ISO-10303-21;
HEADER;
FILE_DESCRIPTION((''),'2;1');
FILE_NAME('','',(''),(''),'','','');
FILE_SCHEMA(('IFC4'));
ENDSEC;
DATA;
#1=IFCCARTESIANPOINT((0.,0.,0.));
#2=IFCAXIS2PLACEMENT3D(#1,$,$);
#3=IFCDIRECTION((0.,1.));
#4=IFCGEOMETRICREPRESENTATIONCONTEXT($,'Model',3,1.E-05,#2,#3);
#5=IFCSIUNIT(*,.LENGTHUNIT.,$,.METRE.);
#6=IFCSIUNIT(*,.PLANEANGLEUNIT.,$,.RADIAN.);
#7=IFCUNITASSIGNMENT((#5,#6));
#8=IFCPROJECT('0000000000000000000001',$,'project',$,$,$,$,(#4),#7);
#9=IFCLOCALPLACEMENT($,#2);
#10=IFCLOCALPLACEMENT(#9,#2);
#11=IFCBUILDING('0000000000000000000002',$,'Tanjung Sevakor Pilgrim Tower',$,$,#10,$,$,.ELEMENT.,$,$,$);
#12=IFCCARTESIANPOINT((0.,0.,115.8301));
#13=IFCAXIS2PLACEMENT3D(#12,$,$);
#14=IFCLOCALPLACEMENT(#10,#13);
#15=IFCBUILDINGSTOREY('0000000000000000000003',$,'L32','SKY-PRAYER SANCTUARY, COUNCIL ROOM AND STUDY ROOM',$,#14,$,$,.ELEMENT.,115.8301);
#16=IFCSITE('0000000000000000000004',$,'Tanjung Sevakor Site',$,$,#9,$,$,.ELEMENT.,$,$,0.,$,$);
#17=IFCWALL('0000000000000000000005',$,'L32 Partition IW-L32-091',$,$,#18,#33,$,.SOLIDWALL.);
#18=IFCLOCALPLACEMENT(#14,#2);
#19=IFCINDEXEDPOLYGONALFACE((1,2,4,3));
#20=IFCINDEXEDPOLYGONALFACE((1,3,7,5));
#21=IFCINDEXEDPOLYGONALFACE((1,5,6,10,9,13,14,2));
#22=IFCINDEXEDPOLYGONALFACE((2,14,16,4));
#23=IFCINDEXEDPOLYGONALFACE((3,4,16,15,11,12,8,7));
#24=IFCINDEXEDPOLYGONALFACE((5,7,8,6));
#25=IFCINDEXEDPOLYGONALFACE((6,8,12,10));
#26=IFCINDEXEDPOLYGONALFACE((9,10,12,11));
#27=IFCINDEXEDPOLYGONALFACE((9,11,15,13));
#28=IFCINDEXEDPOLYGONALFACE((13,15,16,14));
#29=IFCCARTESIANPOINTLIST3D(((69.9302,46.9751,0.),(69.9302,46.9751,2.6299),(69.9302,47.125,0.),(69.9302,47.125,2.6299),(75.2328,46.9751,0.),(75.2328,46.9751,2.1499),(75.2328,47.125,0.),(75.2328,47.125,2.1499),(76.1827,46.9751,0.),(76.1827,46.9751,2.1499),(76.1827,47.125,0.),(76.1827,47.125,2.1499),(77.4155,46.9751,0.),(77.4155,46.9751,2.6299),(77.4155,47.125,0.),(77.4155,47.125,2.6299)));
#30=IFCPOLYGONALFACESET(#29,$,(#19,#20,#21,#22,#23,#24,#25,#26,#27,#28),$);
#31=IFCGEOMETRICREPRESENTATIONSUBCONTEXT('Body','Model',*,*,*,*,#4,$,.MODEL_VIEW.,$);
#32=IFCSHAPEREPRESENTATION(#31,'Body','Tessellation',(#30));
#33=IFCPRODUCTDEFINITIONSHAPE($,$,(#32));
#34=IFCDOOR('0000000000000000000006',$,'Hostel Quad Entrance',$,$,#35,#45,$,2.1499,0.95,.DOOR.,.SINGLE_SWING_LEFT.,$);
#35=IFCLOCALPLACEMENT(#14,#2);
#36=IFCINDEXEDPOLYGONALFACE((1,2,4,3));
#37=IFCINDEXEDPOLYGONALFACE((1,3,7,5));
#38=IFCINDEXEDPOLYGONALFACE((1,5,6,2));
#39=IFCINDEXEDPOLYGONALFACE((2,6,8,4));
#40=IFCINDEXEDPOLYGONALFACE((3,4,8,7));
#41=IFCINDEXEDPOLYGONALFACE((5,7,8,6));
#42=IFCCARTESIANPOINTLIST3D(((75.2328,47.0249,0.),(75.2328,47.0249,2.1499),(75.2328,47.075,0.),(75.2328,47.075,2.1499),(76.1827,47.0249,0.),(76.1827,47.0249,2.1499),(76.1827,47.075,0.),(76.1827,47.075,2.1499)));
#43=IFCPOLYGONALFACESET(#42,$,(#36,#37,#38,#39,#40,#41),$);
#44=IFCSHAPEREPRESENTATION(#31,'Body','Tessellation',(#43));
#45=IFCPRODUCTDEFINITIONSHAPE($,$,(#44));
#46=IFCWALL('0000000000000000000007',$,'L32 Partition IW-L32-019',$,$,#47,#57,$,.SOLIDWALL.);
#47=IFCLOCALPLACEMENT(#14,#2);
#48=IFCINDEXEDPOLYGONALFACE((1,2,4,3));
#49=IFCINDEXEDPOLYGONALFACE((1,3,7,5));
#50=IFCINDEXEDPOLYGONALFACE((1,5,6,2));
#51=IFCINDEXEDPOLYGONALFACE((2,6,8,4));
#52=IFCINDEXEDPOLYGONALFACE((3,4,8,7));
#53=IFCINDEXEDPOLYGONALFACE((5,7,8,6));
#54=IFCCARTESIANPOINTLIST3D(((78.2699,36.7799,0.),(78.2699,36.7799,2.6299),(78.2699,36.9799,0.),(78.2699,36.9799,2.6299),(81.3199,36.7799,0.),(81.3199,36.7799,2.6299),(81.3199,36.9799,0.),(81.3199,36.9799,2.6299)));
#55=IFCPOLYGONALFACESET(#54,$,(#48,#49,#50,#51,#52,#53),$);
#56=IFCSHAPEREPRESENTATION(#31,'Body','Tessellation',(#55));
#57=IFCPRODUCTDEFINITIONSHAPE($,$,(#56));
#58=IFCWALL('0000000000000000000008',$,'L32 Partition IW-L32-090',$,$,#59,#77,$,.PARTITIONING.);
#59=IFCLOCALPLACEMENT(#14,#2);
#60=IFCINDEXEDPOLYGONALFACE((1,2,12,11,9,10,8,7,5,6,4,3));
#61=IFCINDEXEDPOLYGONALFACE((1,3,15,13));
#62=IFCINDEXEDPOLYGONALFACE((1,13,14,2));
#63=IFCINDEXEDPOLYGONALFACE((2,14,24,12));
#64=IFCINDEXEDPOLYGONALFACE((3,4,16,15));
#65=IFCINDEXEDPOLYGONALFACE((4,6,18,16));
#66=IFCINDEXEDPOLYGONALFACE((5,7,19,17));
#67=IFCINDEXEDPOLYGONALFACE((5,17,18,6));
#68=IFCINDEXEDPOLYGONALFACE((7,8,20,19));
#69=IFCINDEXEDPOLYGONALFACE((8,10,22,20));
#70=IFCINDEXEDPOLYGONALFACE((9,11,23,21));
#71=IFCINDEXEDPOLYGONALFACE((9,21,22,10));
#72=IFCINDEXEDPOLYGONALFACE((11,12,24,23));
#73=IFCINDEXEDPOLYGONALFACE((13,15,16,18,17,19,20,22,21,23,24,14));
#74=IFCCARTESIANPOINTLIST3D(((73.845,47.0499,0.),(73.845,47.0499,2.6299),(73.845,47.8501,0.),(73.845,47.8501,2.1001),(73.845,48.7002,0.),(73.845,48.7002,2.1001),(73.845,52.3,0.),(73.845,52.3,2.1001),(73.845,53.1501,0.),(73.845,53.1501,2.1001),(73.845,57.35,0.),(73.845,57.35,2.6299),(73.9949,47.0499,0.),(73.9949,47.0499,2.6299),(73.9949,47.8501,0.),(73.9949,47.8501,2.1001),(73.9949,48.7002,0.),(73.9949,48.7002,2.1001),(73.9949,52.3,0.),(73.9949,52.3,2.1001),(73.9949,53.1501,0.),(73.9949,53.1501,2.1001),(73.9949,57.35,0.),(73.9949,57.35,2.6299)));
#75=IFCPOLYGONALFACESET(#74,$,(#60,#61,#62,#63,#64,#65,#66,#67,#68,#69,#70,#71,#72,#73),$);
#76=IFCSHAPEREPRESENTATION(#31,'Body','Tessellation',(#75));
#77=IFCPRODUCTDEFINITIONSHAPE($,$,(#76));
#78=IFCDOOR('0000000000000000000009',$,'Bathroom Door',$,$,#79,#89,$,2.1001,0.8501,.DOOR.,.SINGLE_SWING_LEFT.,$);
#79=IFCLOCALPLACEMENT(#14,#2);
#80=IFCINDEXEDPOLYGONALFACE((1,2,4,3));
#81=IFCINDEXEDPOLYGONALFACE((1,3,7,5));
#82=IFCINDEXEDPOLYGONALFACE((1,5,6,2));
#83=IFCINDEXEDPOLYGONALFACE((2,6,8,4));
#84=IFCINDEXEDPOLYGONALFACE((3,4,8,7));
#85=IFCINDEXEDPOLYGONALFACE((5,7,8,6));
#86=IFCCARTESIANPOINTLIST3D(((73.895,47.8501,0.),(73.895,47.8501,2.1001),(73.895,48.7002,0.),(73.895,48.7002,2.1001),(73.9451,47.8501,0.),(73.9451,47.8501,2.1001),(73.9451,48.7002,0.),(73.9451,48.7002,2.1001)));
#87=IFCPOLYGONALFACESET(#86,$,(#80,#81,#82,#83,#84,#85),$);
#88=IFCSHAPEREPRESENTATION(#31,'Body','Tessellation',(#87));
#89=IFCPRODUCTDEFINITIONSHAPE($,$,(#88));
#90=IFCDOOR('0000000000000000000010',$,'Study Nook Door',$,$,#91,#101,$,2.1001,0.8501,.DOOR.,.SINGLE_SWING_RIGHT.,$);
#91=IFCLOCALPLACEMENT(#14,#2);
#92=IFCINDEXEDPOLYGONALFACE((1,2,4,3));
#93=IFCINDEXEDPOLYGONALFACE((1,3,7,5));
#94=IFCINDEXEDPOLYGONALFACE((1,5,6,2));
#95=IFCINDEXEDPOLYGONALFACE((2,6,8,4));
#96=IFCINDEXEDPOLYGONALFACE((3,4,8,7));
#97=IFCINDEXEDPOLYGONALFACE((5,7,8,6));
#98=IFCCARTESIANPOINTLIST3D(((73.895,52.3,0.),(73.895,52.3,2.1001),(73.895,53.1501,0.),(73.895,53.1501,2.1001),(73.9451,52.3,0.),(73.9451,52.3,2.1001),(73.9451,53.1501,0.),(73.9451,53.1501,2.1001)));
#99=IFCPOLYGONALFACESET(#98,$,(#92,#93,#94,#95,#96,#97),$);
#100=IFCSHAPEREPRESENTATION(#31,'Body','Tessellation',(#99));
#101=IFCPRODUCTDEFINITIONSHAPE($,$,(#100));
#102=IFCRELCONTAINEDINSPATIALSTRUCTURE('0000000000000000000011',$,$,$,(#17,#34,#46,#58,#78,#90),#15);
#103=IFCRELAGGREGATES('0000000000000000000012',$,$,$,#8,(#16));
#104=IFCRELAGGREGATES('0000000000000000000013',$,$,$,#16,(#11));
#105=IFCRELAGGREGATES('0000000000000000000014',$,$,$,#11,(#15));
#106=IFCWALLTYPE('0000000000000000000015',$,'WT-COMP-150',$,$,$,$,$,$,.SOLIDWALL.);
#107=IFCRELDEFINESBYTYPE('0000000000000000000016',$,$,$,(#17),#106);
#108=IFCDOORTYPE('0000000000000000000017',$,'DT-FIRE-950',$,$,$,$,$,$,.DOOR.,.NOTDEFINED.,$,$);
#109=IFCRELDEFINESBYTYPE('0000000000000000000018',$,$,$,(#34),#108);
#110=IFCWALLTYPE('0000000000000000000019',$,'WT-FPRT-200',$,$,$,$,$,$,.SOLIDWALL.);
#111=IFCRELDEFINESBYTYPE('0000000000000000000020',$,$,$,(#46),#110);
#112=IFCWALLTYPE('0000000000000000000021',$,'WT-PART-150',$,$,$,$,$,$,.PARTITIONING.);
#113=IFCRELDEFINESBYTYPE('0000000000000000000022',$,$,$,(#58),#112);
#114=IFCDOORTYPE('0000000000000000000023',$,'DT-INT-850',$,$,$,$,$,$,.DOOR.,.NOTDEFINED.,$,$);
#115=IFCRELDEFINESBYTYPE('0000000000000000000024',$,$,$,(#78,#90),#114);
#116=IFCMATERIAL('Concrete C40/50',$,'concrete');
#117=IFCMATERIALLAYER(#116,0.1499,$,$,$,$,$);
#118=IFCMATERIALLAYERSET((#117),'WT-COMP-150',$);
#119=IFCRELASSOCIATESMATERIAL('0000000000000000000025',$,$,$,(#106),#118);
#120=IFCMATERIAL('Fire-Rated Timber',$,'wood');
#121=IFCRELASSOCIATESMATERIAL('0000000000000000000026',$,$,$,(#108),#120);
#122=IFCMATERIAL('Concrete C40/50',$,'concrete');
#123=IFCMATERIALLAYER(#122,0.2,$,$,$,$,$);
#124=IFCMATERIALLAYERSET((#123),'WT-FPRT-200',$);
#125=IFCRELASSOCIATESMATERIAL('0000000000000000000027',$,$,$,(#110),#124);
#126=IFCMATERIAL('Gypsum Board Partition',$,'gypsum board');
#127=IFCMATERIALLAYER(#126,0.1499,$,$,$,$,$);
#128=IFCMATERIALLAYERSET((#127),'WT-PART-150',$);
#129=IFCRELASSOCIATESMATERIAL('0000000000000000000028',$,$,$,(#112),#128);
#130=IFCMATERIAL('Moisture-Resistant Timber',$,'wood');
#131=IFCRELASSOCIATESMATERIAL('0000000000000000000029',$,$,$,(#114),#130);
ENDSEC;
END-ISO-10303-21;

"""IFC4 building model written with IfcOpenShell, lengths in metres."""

from ifc_helpers import new_model, si_unit, direction, frame, frame_2d, origin, place, context, subcontext, project, spatial, rectangle, extrude, material, layer, layer_set, type_object, element, fill, save


model = new_model("IFC4")

# Units and contexts
model_context = context("Model", 3, precision=1e-05, world=origin(), true_north=direction((0.0, 1.0)))
body_context = subcontext(model_context, "Body", "Model", "MODEL_VIEW")
ifc_project = project(units=[si_unit("LENGTHUNIT", "METRE"), si_unit("PLANEANGLEUNIT", "RADIAN")], contexts=[model_context])

# Site, building, storey
site_placement = place(None, origin())
site = spatial("IfcSite", under=ifc_project, at=site_placement, Name="Tanjung Sevakor Site", CompositionType="ELEMENT", RefElevation=0.0)
building_placement = place(site_placement, origin())
building = spatial("IfcBuilding", under=site, at=building_placement, Name="Tanjung Sevakor Pilgrim Tower", CompositionType="ELEMENT")
storey_placement = place(building_placement, frame((0.0, 0.0, 115.8301)))
storey = spatial("IfcBuildingStorey", under=building, at=storey_placement, Name="L32", Description="SKY-PRAYER SANCTUARY, COUNCIL ROOM AND STUDY ROOM", CompositionType="ELEMENT", Elevation=115.8301)

# Shared definitions
ifc_material_1 = material(Name="Concrete C40/50", Category="concrete")
ifc_layer_1 = layer(ifc_material_1, 0.1499)
ifc_layer_set_1 = layer_set([ifc_layer_1], Name="WT-COMP-150")
wall_type_1 = type_object("IfcWallType", Name="WT-COMP-150", PredefinedType="SOLIDWALL", material=ifc_layer_set_1)

# Wall, opening, door
wall_1_placement = place(storey_placement, frame((69.9302, 47.05, 0.0), z_axis=(0.0, 0.0, 1.0), x_axis=(1.0, 0.0, 0.0)))
wall_1 = element("IfcWall", 1, at=wall_1_placement, inside=storey, type_object=wall_type_1, Name="L32 Partition IW-L32-091", PredefinedType="SOLIDWALL", context=body_context, shape_type="SweptSolid", body=[
    extrude(rectangle(XDim=7.4854, YDim=0.1499, at=frame_2d((3.7427, 0.0))), origin(), (0.0, 0.0, 1.0), 2.6299),
])
opening_1_placement = place(wall_1_placement, frame((5.3025, 0.0, 0.0)))
opening_1 = element("IfcOpeningElement", 2, at=opening_1_placement, cuts=wall_1, PredefinedType="OPENING", context=body_context, shape_type="SweptSolid", body=[
    extrude(rectangle(XDim=0.95, YDim=2.1499, at=frame_2d((0.4751, 1.075))), frame((0.0, 0.085, 0.0), z_axis=(0.0, -1.0, 0.0), x_axis=(1.0, 0.0, 0.0)), (0.0, 0.0, 1.0), 0.1699),
])
ifc_material_2 = material(Name="Fire-Rated Timber", Category="wood")
door_type_1 = type_object("IfcDoorType", Name="DT-FIRE-950", OperationType="NOTDEFINED", PredefinedType="DOOR", material=ifc_material_2)
door_1_placement = place(opening_1_placement, origin())
door_1 = element("IfcDoor", 3, at=door_1_placement, inside=storey, type_object=door_type_1, Name="Hostel Quad Entrance", OperationType="SINGLE_SWING_LEFT", OverallHeight=2.1499, OverallWidth=0.95, PredefinedType="DOOR", context=body_context, shape_type="SweptSolid", body=[
    extrude(rectangle(XDim=0.95, YDim=2.1499, at=frame_2d((0.4751, 1.075))), frame((0.0, 0.0249, 0.0), z_axis=(0.0, -1.0, 0.0), x_axis=(1.0, 0.0, 0.0)), (0.0, 0.0, 1.0), 0.05),
])
fill(opening_1, door_1)

# Wall
ifc_material_3 = material(Name="Concrete C40/50", Category="concrete")
ifc_layer_2 = layer(ifc_material_3, 0.2)
ifc_layer_set_2 = layer_set([ifc_layer_2], Name="WT-FPRT-200")
wall_type_2 = type_object("IfcWallType", Name="WT-FPRT-200", PredefinedType="SOLIDWALL", material=ifc_layer_set_2)
wall_2_placement = place(storey_placement, frame((78.27, 36.8799, 0.0), z_axis=(0.0, 0.0, 1.0), x_axis=(1.0, 0.0, 0.0)))
element("IfcWall", 4, at=wall_2_placement, inside=storey, type_object=wall_type_2, Name="L32 Partition IW-L32-019", PredefinedType="SOLIDWALL", context=body_context, shape_type="SweptSolid", body=[
    extrude(rectangle(XDim=3.05, YDim=0.2, at=frame_2d((1.5249, 0.0))), origin(), (0.0, 0.0, 1.0), 2.6299),
])

# Wall, openings, doors
ifc_material_4 = material(Name="Gypsum Board Partition", Category="gypsum board")
ifc_layer_3 = layer(ifc_material_4, 0.1499)
ifc_layer_set_3 = layer_set([ifc_layer_3], Name="WT-PART-150")
wall_type_3 = type_object("IfcWallType", Name="WT-PART-150", PredefinedType="PARTITIONING", material=ifc_layer_set_3)
wall_3_placement = place(storey_placement, frame((73.9199, 47.05, 0.0), z_axis=(0.0, 0.0, 1.0), x_axis=(0.0, 1.0, 0.0)))
wall_3 = element("IfcWall", 5, at=wall_3_placement, inside=storey, type_object=wall_type_3, Name="L32 Partition IW-L32-090", PredefinedType="PARTITIONING", context=body_context, shape_type="SweptSolid", body=[
    extrude(rectangle(XDim=10.3, YDim=0.1499, at=frame_2d((5.1499, 0.0))), origin(), (0.0, 0.0, 1.0), 2.6299),
])
opening_2_placement = place(wall_3_placement, frame((0.8, 0.0, 0.0)))
opening_2 = element("IfcOpeningElement", 6, at=opening_2_placement, cuts=wall_3, PredefinedType="OPENING", context=body_context, shape_type="SweptSolid", body=[
    extrude(rectangle(XDim=0.8501, YDim=2.1001, at=frame_2d((0.425, 1.05))), frame((0.0, 0.085, 0.0), z_axis=(0.0, -1.0, 0.0), x_axis=(1.0, 0.0, 0.0)), (0.0, 0.0, 1.0), 0.1699),
])
opening_3_placement = place(wall_3_placement, frame((5.25, 0.0, 0.0)))
opening_3 = element("IfcOpeningElement", 7, at=opening_3_placement, cuts=wall_3, PredefinedType="OPENING", context=body_context, shape_type="SweptSolid", body=[
    extrude(rectangle(XDim=0.8501, YDim=2.1001, at=frame_2d((0.425, 1.05))), frame((0.0, 0.085, 0.0), z_axis=(0.0, -1.0, 0.0), x_axis=(1.0, 0.0, 0.0)), (0.0, 0.0, 1.0), 0.1699),
])
ifc_material_5 = material(Name="Moisture-Resistant Timber", Category="wood")
door_type_2 = type_object("IfcDoorType", Name="DT-INT-850", OperationType="NOTDEFINED", PredefinedType="DOOR", material=ifc_material_5)
door_2_placement = place(opening_2_placement, origin())
door_2 = element("IfcDoor", 8, at=door_2_placement, inside=storey, type_object=door_type_2, Name="Bathroom Door", OperationType="SINGLE_SWING_LEFT", OverallHeight=2.1001, OverallWidth=0.8501, PredefinedType="DOOR", context=body_context, shape_type="SweptSolid", body=[
    extrude(rectangle(XDim=0.8501, YDim=2.1001, at=frame_2d((0.425, 1.05))), frame((0.0, 0.0249, 0.0), z_axis=(0.0, -1.0, 0.0), x_axis=(1.0, 0.0, 0.0)), (0.0, 0.0, 1.0), 0.05),
])
fill(opening_2, door_2)
door_3_placement = place(opening_3_placement, origin())
door_3 = element("IfcDoor", 9, at=door_3_placement, inside=storey, type_object=door_type_2, Name="Study Nook Door", OperationType="SINGLE_SWING_RIGHT", OverallHeight=2.1001, OverallWidth=0.8501, PredefinedType="DOOR", context=body_context, shape_type="SweptSolid", body=[
    extrude(rectangle(XDim=0.8501, YDim=2.1001, at=frame_2d((0.425, 1.05))), frame((0.0, 0.0249, 0.0), z_axis=(0.0, -1.0, 0.0), x_axis=(1.0, 0.0, 0.0)), (0.0, 0.0, 1.0), 0.05),
])
fill(opening_3, door_3)

save(model, "model.ifc")
